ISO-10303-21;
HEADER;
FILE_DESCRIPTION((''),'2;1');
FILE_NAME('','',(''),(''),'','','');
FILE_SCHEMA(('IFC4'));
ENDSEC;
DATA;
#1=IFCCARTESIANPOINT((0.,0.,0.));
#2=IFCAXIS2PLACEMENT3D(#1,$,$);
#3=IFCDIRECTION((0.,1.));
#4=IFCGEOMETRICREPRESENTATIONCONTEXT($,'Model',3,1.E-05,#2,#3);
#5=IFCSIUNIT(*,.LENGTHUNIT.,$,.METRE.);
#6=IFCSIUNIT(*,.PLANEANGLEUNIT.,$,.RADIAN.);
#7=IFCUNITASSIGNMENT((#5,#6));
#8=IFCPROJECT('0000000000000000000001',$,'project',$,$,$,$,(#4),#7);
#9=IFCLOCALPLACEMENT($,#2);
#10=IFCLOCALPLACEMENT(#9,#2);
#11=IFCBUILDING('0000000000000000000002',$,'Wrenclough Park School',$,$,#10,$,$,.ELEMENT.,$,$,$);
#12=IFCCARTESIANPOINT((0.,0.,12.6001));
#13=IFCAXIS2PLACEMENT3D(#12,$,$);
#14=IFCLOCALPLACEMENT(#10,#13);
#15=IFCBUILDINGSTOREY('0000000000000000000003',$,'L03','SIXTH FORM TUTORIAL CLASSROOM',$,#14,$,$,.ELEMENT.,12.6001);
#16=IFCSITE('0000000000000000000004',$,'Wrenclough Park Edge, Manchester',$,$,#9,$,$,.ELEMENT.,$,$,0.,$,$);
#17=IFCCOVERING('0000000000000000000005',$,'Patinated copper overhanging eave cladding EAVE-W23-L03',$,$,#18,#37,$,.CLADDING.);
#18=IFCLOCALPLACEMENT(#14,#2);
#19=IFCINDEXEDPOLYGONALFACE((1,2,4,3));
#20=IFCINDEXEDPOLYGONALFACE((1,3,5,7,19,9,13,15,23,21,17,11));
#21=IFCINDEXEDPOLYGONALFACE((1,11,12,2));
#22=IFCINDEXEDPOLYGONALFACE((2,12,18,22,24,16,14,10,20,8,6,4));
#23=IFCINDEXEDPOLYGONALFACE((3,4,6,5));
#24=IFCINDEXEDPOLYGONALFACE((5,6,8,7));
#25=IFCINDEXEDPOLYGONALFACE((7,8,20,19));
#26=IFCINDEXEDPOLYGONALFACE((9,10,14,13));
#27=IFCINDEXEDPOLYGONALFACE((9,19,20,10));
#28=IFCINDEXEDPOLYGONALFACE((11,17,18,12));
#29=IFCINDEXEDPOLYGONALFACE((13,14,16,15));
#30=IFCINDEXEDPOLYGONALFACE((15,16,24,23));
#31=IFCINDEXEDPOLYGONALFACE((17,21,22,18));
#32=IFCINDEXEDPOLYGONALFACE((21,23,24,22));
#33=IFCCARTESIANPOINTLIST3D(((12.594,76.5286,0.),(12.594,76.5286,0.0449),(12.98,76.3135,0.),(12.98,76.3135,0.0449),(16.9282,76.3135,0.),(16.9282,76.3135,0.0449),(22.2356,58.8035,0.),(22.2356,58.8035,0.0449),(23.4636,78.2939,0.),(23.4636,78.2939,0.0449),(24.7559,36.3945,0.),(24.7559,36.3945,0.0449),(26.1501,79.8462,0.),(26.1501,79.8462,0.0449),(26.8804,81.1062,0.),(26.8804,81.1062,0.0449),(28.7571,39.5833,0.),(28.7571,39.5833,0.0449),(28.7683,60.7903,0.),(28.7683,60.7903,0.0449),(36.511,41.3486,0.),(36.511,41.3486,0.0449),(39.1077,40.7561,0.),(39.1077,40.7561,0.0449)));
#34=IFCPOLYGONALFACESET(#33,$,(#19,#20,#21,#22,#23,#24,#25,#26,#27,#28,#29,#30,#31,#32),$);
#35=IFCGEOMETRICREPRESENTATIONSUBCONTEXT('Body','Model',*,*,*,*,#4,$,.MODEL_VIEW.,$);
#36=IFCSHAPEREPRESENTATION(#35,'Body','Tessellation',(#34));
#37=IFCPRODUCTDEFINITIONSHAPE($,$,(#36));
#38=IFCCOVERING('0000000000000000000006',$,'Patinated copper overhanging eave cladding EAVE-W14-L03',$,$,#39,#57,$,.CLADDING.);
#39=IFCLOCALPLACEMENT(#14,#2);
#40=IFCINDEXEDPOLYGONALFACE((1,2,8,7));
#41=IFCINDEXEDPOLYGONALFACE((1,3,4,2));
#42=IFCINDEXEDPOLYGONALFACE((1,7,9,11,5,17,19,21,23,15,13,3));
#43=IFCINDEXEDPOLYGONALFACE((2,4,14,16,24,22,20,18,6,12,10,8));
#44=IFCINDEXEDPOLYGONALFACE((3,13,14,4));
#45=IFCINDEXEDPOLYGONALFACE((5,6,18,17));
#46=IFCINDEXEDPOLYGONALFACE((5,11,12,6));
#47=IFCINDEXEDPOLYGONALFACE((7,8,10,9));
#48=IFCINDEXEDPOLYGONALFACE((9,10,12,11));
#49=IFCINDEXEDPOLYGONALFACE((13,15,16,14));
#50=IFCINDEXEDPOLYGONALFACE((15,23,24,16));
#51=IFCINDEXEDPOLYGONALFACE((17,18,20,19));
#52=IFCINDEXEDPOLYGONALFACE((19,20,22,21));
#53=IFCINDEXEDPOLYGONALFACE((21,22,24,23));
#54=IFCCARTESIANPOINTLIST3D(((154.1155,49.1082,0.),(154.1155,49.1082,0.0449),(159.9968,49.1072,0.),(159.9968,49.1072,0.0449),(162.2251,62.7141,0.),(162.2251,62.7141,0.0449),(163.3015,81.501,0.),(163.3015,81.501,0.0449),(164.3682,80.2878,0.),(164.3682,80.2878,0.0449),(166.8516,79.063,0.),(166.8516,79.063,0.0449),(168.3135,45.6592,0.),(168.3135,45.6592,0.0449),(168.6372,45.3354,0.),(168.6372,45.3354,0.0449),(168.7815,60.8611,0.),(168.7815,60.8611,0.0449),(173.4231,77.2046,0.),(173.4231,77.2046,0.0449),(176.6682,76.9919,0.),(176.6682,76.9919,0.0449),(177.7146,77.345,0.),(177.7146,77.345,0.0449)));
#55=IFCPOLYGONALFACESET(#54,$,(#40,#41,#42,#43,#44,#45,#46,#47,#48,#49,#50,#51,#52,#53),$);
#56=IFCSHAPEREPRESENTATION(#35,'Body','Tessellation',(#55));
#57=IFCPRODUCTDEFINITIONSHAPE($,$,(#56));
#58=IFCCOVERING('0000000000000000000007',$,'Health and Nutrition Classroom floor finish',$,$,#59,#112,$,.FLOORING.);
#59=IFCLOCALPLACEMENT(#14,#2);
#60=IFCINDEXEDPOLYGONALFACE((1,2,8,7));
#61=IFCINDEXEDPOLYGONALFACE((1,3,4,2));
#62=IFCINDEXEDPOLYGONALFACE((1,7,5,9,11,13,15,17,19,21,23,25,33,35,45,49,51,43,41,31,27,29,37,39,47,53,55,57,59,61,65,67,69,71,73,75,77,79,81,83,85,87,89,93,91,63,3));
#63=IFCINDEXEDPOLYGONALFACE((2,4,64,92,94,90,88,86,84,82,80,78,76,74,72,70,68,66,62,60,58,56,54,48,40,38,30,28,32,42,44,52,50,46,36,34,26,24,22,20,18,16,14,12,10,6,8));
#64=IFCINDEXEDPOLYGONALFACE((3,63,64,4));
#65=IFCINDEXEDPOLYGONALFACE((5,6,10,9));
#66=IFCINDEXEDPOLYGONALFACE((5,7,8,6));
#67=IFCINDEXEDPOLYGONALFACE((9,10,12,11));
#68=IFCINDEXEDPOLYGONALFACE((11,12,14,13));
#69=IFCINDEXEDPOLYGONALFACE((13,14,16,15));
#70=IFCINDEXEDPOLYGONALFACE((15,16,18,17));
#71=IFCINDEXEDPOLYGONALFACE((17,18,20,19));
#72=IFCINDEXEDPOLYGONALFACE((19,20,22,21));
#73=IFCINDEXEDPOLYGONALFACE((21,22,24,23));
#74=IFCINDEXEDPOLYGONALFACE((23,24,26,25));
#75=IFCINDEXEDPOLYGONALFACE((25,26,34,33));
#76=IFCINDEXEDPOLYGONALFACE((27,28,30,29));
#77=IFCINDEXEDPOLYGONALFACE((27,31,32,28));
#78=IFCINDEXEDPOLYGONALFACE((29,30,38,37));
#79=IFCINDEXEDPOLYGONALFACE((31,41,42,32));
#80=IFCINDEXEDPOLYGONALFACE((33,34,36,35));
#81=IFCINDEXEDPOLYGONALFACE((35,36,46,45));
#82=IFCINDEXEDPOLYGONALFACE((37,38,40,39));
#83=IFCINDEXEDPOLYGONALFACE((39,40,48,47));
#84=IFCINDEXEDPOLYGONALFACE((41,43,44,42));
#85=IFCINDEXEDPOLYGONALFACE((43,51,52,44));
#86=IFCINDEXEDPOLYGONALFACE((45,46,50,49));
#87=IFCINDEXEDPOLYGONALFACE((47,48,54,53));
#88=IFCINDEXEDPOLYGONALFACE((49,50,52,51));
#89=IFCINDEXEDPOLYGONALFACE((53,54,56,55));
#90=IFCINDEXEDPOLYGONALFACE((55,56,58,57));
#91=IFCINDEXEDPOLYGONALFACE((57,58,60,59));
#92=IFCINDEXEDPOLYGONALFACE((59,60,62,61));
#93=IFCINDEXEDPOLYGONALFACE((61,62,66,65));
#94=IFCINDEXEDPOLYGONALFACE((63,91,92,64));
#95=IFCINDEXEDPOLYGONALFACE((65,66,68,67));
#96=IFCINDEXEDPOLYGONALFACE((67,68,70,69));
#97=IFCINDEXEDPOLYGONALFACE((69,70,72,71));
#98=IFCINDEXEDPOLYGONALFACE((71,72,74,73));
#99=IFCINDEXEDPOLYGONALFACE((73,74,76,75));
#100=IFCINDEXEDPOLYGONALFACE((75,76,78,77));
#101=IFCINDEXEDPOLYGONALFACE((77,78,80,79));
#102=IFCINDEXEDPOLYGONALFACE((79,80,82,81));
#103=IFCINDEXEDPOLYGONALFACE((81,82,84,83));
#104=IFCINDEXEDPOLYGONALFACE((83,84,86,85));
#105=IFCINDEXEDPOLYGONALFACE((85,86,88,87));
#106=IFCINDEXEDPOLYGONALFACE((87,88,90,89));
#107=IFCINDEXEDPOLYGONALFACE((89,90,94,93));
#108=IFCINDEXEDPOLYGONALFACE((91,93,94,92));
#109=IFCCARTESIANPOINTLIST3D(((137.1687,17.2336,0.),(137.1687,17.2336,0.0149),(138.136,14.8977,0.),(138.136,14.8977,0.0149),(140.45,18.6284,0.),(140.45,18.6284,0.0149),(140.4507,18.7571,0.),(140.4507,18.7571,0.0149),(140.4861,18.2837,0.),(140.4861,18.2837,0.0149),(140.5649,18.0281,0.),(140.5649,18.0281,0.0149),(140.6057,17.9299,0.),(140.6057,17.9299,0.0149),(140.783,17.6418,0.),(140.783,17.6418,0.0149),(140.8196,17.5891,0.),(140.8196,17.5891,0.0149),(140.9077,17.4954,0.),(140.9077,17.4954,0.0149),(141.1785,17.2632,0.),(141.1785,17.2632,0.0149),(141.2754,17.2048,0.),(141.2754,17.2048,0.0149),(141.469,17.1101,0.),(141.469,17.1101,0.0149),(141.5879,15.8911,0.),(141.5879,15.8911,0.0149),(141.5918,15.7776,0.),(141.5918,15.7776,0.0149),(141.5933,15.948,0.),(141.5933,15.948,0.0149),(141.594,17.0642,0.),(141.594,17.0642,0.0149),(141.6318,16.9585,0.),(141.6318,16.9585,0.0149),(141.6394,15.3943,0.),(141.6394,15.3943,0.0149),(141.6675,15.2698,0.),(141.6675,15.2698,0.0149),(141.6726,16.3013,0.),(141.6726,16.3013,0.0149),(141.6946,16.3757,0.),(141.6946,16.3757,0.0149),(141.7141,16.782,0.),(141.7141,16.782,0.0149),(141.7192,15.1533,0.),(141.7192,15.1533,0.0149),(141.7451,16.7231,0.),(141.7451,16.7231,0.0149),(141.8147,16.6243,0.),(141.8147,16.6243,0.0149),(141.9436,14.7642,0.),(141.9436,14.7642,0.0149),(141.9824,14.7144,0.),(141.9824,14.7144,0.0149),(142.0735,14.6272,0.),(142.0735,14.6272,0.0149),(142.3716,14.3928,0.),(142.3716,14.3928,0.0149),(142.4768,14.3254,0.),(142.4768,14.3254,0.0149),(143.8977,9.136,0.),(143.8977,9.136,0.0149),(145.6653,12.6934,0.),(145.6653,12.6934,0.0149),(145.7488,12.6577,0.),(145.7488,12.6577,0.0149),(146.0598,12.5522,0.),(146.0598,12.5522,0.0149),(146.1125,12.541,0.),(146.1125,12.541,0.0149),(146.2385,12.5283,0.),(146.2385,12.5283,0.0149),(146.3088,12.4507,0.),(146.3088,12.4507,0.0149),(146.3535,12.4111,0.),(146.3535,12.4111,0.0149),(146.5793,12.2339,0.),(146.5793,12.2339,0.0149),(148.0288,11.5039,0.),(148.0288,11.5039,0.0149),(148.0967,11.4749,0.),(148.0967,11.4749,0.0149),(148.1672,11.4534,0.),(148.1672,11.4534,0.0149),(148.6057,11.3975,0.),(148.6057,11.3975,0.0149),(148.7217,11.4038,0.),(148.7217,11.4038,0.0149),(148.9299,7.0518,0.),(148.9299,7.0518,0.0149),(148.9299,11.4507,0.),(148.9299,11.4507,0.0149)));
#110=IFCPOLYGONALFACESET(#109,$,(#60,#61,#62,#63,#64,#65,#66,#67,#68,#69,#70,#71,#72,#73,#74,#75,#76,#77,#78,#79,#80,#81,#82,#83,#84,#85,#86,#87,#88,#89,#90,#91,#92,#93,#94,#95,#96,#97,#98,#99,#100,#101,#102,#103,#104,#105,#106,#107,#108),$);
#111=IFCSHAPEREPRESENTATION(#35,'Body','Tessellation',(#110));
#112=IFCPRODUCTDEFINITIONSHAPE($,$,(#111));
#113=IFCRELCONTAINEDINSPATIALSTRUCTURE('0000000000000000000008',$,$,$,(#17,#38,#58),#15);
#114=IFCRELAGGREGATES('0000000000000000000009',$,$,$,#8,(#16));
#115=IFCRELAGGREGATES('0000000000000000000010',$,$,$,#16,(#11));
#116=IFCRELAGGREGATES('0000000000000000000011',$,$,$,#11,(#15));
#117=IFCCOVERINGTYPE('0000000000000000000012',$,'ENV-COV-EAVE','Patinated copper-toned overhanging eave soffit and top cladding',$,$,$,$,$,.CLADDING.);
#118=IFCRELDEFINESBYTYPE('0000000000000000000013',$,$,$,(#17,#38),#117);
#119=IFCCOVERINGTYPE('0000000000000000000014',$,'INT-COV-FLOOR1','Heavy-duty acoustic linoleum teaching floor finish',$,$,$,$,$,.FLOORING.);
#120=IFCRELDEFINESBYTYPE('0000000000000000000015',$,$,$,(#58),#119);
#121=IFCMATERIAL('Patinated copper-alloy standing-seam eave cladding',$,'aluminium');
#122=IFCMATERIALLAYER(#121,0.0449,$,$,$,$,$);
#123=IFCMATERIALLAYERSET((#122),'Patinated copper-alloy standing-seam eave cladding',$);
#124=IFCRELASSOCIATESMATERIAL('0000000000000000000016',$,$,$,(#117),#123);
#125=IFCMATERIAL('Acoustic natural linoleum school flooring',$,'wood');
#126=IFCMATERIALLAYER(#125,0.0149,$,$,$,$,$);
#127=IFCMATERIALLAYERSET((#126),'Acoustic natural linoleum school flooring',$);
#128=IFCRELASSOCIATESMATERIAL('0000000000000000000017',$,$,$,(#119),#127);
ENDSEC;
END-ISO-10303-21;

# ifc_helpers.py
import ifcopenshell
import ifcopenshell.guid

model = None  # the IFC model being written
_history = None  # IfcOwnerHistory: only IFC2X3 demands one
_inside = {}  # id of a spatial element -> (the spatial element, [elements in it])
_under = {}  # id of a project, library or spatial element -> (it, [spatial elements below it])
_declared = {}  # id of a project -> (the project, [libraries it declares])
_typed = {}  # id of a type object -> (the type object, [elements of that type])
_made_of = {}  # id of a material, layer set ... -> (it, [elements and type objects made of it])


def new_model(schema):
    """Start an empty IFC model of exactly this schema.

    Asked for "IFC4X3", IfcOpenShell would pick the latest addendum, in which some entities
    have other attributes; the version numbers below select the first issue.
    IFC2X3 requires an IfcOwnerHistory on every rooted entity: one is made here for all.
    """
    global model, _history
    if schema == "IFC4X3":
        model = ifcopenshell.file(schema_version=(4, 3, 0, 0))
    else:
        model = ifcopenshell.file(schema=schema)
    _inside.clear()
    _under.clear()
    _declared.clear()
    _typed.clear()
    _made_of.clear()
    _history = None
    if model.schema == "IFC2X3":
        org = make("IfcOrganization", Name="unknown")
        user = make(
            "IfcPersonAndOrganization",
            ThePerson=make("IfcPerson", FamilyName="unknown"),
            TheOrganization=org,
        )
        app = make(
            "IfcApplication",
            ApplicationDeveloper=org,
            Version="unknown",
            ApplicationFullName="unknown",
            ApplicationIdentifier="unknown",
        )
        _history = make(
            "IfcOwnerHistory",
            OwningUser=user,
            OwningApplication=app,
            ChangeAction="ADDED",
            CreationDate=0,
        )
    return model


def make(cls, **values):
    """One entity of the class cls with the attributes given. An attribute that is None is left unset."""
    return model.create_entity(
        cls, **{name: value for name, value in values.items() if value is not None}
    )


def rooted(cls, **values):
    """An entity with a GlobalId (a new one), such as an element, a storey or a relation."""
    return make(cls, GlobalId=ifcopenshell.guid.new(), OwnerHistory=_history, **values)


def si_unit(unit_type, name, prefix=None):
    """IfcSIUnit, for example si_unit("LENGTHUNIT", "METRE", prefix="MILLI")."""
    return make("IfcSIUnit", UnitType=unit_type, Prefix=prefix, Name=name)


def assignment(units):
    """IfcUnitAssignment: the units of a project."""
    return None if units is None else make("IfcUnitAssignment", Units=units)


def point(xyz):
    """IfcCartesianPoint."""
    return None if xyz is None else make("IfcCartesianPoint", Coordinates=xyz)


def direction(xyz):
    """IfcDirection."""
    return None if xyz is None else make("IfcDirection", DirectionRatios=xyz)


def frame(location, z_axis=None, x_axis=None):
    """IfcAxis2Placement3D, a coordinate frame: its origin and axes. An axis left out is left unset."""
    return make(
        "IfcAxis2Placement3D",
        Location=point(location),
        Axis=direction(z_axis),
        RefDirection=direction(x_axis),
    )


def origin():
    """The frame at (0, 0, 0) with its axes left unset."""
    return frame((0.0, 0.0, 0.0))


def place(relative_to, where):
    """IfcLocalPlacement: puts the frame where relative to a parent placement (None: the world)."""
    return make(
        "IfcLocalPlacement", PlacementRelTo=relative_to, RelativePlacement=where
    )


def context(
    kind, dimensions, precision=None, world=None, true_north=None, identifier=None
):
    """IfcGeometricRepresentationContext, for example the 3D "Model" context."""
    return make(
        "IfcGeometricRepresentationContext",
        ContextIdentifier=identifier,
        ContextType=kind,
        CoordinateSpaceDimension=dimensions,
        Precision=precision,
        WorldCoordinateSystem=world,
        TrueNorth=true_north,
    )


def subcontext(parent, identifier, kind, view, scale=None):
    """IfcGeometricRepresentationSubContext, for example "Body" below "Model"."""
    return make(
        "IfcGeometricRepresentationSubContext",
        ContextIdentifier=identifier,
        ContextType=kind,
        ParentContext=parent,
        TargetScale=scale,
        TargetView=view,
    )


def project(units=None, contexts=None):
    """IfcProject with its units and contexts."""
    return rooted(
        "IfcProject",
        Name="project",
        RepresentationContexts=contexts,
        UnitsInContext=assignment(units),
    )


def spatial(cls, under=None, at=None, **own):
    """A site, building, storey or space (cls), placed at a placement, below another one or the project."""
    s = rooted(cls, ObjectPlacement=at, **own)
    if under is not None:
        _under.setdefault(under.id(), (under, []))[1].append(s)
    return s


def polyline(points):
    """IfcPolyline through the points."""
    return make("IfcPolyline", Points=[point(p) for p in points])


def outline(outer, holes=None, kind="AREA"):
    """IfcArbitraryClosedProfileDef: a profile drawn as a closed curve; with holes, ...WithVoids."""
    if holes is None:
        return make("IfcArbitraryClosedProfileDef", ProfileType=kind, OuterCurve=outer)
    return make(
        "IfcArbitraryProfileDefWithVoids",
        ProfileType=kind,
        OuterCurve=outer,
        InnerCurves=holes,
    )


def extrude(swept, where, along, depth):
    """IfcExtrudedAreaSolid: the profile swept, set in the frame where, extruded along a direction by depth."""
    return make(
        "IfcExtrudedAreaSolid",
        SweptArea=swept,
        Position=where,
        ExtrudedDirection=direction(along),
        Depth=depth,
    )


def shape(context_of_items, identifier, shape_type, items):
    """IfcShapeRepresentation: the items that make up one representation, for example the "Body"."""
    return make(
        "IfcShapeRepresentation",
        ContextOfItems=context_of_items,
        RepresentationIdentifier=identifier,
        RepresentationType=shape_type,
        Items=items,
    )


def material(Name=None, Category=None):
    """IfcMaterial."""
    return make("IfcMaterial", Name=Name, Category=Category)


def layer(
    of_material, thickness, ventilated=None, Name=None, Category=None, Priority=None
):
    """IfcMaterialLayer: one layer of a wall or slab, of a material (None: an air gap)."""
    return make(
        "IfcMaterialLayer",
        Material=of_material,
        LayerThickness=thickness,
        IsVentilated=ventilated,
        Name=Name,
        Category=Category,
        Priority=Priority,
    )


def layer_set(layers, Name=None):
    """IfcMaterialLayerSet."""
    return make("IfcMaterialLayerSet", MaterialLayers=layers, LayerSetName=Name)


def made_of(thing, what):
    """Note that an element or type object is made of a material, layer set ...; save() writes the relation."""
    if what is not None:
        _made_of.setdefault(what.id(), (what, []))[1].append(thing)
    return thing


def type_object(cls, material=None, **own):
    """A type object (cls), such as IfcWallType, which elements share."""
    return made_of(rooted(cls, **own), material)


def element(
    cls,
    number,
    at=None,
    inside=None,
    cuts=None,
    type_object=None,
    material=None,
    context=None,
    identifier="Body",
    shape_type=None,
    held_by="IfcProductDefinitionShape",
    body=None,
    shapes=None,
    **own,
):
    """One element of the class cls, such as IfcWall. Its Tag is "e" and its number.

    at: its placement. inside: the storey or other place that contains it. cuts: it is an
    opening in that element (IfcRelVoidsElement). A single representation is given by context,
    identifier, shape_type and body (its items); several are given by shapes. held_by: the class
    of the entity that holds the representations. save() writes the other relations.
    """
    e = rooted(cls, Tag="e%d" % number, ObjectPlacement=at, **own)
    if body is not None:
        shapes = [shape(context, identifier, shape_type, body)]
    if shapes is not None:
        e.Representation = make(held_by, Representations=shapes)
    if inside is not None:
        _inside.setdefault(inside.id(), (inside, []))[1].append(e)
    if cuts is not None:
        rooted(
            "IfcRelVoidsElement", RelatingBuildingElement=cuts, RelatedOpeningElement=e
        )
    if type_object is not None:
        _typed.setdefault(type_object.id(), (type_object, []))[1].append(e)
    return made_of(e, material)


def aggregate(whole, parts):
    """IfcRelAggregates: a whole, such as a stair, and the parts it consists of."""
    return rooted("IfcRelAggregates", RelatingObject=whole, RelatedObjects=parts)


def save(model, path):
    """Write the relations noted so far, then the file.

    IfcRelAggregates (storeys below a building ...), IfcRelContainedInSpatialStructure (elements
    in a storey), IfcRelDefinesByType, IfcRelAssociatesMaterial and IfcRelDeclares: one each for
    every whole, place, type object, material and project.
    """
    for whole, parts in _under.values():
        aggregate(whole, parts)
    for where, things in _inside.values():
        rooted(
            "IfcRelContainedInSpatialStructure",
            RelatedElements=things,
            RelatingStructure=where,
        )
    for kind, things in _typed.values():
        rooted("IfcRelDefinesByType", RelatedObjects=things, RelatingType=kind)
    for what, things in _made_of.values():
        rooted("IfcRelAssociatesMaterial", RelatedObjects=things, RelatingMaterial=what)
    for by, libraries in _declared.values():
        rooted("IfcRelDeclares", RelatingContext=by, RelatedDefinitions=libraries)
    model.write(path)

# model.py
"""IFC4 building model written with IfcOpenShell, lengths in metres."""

from ifc_helpers import new_model, si_unit, direction, frame, origin, place, context, subcontext, project, spatial, polyline, outline, extrude, material, layer, layer_set, type_object, element, save


model = new_model("IFC4")

# Units and contexts
model_context = context("Model", 3, precision=1e-05, world=origin(), true_north=direction((0.0, 1.0)))
body_context = subcontext(model_context, "Body", "Model", "MODEL_VIEW")
ifc_project = project(units=[si_unit("LENGTHUNIT", "METRE"), si_unit("PLANEANGLEUNIT", "RADIAN")], contexts=[model_context])

# Site, building, storey
site_placement = place(None, origin())
site = spatial("IfcSite", under=ifc_project, at=site_placement, Name="Wrenclough Park Edge, Manchester", CompositionType="ELEMENT", RefElevation=0.0)
building_placement = place(site_placement, origin())
building = spatial("IfcBuilding", under=site, at=building_placement, Name="Wrenclough Park School", CompositionType="ELEMENT")
storey_placement = place(building_placement, frame((0.0, 0.0, 12.6001)))
storey = spatial("IfcBuildingStorey", under=building, at=storey_placement, Name="L03", Description="SIXTH FORM TUTORIAL CLASSROOM", CompositionType="ELEMENT", Elevation=12.6001)

# Coverings
ifc_material_1 = material(Name="Patinated copper-alloy standing-seam eave cladding", Category="aluminium")
ifc_layer_1 = layer(ifc_material_1, 0.0449)
ifc_layer_set_1 = layer_set([ifc_layer_1], Name="Patinated copper-alloy standing-seam eave cladding")
covering_type_1 = type_object("IfcCoveringType", Name="ENV-COV-EAVE", Description="Patinated copper-toned overhanging eave soffit and top cladding", PredefinedType="CLADDING", material=ifc_layer_set_1)
covering_1_placement = place(storey_placement, origin())
element("IfcCovering", 1, at=covering_1_placement, inside=storey, type_object=covering_type_1, Name="Patinated copper overhanging eave cladding EAVE-W23-L03", PredefinedType="CLADDING", context=body_context, shape_type="SweptSolid", body=[
    extrude(outline(polyline([(36.511, 41.3486), (39.1077, 40.7561), (26.8804, 81.1062), (26.1501, 79.8462), (23.4636, 78.2939), (28.7683, 60.7903), (22.2356, 58.8035), (16.9282, 76.3135), (12.98, 76.3135), (12.594, 76.5286), (24.7559, 36.3945), (28.7571, 39.5833), (36.511, 41.3486)])), origin(), (0.0, 0.0, 1.0), 0.0449),
])
covering_2_placement = place(storey_placement, origin())
element("IfcCovering", 2, at=covering_2_placement, inside=storey, type_object=covering_type_1, Name="Patinated copper overhanging eave cladding EAVE-W14-L03", PredefinedType="CLADDING", context=body_context, shape_type="SweptSolid", body=[
    extrude(outline(polyline([(168.3135, 45.6592), (168.6372, 45.3354), (177.7146, 77.345), (176.6682, 76.9919), (173.4231, 77.2046), (168.7815, 60.8611), (162.2251, 62.7141), (166.8516, 79.063), (164.3682, 80.2878), (163.3015, 81.501), (154.1155, 49.1082), (159.9968, 49.1072), (168.3135, 45.6592)])), origin(), (0.0, 0.0, 1.0), 0.0449),
])
ifc_material_2 = material(Name="Acoustic natural linoleum school flooring", Category="wood")
ifc_layer_2 = layer(ifc_material_2, 0.0149)
ifc_layer_set_2 = layer_set([ifc_layer_2], Name="Acoustic natural linoleum school flooring")
covering_type_2 = type_object("IfcCoveringType", Name="INT-COV-FLOOR1", Description="Heavy-duty acoustic linoleum teaching floor finish", PredefinedType="FLOORING", material=ifc_layer_set_2)
covering_3_placement = place(storey_placement, origin())
element("IfcCovering", 3, at=covering_3_placement, inside=storey, type_object=covering_type_2, Name="Health and Nutrition Classroom floor finish", PredefinedType="FLOORING", context=body_context, shape_type="SweptSolid", body=[
    extrude(outline(polyline([(140.45, 18.6284), (140.4507, 18.7571), (137.1687, 17.2336), (138.136, 14.8977), (143.8977, 9.136), (148.9299, 7.0518), (148.9299, 11.4507), (148.7217, 11.4038), (148.6057, 11.3975), (148.1672, 11.4534), (148.0967, 11.4749), (148.0288, 11.5039), (146.5793, 12.2339), (146.3535, 12.4111), (146.3088, 12.4507), (146.2385, 12.5283), (146.1125, 12.541), (146.0598, 12.5522), (145.7488, 12.6577), (145.6653, 12.6934), (142.4768, 14.3254), (142.3716, 14.3928), (142.0735, 14.6272), (141.9824, 14.7144), (141.9436, 14.7642), (141.7192, 15.1533), (141.6675, 15.2698), (141.6394, 15.3943), (141.5918, 15.7776), (141.5879, 15.8911), (141.5933, 15.948), (141.6726, 16.3013), (141.6946, 16.3757), (141.8147, 16.6243), (141.7451, 16.7231), (141.7141, 16.782), (141.6318, 16.9585), (141.594, 17.0642), (141.469, 17.1101), (141.2754, 17.2048), (141.1785, 17.2632), (140.9077, 17.4954), (140.8196, 17.5891), (140.783, 17.6418), (140.6057, 17.9299), (140.5649, 18.0281), (140.4861, 18.2837), (140.45, 18.6284)])), origin(), (0.0, 0.0, 1.0), 0.0149),
])

save(model, "model.ifc")
